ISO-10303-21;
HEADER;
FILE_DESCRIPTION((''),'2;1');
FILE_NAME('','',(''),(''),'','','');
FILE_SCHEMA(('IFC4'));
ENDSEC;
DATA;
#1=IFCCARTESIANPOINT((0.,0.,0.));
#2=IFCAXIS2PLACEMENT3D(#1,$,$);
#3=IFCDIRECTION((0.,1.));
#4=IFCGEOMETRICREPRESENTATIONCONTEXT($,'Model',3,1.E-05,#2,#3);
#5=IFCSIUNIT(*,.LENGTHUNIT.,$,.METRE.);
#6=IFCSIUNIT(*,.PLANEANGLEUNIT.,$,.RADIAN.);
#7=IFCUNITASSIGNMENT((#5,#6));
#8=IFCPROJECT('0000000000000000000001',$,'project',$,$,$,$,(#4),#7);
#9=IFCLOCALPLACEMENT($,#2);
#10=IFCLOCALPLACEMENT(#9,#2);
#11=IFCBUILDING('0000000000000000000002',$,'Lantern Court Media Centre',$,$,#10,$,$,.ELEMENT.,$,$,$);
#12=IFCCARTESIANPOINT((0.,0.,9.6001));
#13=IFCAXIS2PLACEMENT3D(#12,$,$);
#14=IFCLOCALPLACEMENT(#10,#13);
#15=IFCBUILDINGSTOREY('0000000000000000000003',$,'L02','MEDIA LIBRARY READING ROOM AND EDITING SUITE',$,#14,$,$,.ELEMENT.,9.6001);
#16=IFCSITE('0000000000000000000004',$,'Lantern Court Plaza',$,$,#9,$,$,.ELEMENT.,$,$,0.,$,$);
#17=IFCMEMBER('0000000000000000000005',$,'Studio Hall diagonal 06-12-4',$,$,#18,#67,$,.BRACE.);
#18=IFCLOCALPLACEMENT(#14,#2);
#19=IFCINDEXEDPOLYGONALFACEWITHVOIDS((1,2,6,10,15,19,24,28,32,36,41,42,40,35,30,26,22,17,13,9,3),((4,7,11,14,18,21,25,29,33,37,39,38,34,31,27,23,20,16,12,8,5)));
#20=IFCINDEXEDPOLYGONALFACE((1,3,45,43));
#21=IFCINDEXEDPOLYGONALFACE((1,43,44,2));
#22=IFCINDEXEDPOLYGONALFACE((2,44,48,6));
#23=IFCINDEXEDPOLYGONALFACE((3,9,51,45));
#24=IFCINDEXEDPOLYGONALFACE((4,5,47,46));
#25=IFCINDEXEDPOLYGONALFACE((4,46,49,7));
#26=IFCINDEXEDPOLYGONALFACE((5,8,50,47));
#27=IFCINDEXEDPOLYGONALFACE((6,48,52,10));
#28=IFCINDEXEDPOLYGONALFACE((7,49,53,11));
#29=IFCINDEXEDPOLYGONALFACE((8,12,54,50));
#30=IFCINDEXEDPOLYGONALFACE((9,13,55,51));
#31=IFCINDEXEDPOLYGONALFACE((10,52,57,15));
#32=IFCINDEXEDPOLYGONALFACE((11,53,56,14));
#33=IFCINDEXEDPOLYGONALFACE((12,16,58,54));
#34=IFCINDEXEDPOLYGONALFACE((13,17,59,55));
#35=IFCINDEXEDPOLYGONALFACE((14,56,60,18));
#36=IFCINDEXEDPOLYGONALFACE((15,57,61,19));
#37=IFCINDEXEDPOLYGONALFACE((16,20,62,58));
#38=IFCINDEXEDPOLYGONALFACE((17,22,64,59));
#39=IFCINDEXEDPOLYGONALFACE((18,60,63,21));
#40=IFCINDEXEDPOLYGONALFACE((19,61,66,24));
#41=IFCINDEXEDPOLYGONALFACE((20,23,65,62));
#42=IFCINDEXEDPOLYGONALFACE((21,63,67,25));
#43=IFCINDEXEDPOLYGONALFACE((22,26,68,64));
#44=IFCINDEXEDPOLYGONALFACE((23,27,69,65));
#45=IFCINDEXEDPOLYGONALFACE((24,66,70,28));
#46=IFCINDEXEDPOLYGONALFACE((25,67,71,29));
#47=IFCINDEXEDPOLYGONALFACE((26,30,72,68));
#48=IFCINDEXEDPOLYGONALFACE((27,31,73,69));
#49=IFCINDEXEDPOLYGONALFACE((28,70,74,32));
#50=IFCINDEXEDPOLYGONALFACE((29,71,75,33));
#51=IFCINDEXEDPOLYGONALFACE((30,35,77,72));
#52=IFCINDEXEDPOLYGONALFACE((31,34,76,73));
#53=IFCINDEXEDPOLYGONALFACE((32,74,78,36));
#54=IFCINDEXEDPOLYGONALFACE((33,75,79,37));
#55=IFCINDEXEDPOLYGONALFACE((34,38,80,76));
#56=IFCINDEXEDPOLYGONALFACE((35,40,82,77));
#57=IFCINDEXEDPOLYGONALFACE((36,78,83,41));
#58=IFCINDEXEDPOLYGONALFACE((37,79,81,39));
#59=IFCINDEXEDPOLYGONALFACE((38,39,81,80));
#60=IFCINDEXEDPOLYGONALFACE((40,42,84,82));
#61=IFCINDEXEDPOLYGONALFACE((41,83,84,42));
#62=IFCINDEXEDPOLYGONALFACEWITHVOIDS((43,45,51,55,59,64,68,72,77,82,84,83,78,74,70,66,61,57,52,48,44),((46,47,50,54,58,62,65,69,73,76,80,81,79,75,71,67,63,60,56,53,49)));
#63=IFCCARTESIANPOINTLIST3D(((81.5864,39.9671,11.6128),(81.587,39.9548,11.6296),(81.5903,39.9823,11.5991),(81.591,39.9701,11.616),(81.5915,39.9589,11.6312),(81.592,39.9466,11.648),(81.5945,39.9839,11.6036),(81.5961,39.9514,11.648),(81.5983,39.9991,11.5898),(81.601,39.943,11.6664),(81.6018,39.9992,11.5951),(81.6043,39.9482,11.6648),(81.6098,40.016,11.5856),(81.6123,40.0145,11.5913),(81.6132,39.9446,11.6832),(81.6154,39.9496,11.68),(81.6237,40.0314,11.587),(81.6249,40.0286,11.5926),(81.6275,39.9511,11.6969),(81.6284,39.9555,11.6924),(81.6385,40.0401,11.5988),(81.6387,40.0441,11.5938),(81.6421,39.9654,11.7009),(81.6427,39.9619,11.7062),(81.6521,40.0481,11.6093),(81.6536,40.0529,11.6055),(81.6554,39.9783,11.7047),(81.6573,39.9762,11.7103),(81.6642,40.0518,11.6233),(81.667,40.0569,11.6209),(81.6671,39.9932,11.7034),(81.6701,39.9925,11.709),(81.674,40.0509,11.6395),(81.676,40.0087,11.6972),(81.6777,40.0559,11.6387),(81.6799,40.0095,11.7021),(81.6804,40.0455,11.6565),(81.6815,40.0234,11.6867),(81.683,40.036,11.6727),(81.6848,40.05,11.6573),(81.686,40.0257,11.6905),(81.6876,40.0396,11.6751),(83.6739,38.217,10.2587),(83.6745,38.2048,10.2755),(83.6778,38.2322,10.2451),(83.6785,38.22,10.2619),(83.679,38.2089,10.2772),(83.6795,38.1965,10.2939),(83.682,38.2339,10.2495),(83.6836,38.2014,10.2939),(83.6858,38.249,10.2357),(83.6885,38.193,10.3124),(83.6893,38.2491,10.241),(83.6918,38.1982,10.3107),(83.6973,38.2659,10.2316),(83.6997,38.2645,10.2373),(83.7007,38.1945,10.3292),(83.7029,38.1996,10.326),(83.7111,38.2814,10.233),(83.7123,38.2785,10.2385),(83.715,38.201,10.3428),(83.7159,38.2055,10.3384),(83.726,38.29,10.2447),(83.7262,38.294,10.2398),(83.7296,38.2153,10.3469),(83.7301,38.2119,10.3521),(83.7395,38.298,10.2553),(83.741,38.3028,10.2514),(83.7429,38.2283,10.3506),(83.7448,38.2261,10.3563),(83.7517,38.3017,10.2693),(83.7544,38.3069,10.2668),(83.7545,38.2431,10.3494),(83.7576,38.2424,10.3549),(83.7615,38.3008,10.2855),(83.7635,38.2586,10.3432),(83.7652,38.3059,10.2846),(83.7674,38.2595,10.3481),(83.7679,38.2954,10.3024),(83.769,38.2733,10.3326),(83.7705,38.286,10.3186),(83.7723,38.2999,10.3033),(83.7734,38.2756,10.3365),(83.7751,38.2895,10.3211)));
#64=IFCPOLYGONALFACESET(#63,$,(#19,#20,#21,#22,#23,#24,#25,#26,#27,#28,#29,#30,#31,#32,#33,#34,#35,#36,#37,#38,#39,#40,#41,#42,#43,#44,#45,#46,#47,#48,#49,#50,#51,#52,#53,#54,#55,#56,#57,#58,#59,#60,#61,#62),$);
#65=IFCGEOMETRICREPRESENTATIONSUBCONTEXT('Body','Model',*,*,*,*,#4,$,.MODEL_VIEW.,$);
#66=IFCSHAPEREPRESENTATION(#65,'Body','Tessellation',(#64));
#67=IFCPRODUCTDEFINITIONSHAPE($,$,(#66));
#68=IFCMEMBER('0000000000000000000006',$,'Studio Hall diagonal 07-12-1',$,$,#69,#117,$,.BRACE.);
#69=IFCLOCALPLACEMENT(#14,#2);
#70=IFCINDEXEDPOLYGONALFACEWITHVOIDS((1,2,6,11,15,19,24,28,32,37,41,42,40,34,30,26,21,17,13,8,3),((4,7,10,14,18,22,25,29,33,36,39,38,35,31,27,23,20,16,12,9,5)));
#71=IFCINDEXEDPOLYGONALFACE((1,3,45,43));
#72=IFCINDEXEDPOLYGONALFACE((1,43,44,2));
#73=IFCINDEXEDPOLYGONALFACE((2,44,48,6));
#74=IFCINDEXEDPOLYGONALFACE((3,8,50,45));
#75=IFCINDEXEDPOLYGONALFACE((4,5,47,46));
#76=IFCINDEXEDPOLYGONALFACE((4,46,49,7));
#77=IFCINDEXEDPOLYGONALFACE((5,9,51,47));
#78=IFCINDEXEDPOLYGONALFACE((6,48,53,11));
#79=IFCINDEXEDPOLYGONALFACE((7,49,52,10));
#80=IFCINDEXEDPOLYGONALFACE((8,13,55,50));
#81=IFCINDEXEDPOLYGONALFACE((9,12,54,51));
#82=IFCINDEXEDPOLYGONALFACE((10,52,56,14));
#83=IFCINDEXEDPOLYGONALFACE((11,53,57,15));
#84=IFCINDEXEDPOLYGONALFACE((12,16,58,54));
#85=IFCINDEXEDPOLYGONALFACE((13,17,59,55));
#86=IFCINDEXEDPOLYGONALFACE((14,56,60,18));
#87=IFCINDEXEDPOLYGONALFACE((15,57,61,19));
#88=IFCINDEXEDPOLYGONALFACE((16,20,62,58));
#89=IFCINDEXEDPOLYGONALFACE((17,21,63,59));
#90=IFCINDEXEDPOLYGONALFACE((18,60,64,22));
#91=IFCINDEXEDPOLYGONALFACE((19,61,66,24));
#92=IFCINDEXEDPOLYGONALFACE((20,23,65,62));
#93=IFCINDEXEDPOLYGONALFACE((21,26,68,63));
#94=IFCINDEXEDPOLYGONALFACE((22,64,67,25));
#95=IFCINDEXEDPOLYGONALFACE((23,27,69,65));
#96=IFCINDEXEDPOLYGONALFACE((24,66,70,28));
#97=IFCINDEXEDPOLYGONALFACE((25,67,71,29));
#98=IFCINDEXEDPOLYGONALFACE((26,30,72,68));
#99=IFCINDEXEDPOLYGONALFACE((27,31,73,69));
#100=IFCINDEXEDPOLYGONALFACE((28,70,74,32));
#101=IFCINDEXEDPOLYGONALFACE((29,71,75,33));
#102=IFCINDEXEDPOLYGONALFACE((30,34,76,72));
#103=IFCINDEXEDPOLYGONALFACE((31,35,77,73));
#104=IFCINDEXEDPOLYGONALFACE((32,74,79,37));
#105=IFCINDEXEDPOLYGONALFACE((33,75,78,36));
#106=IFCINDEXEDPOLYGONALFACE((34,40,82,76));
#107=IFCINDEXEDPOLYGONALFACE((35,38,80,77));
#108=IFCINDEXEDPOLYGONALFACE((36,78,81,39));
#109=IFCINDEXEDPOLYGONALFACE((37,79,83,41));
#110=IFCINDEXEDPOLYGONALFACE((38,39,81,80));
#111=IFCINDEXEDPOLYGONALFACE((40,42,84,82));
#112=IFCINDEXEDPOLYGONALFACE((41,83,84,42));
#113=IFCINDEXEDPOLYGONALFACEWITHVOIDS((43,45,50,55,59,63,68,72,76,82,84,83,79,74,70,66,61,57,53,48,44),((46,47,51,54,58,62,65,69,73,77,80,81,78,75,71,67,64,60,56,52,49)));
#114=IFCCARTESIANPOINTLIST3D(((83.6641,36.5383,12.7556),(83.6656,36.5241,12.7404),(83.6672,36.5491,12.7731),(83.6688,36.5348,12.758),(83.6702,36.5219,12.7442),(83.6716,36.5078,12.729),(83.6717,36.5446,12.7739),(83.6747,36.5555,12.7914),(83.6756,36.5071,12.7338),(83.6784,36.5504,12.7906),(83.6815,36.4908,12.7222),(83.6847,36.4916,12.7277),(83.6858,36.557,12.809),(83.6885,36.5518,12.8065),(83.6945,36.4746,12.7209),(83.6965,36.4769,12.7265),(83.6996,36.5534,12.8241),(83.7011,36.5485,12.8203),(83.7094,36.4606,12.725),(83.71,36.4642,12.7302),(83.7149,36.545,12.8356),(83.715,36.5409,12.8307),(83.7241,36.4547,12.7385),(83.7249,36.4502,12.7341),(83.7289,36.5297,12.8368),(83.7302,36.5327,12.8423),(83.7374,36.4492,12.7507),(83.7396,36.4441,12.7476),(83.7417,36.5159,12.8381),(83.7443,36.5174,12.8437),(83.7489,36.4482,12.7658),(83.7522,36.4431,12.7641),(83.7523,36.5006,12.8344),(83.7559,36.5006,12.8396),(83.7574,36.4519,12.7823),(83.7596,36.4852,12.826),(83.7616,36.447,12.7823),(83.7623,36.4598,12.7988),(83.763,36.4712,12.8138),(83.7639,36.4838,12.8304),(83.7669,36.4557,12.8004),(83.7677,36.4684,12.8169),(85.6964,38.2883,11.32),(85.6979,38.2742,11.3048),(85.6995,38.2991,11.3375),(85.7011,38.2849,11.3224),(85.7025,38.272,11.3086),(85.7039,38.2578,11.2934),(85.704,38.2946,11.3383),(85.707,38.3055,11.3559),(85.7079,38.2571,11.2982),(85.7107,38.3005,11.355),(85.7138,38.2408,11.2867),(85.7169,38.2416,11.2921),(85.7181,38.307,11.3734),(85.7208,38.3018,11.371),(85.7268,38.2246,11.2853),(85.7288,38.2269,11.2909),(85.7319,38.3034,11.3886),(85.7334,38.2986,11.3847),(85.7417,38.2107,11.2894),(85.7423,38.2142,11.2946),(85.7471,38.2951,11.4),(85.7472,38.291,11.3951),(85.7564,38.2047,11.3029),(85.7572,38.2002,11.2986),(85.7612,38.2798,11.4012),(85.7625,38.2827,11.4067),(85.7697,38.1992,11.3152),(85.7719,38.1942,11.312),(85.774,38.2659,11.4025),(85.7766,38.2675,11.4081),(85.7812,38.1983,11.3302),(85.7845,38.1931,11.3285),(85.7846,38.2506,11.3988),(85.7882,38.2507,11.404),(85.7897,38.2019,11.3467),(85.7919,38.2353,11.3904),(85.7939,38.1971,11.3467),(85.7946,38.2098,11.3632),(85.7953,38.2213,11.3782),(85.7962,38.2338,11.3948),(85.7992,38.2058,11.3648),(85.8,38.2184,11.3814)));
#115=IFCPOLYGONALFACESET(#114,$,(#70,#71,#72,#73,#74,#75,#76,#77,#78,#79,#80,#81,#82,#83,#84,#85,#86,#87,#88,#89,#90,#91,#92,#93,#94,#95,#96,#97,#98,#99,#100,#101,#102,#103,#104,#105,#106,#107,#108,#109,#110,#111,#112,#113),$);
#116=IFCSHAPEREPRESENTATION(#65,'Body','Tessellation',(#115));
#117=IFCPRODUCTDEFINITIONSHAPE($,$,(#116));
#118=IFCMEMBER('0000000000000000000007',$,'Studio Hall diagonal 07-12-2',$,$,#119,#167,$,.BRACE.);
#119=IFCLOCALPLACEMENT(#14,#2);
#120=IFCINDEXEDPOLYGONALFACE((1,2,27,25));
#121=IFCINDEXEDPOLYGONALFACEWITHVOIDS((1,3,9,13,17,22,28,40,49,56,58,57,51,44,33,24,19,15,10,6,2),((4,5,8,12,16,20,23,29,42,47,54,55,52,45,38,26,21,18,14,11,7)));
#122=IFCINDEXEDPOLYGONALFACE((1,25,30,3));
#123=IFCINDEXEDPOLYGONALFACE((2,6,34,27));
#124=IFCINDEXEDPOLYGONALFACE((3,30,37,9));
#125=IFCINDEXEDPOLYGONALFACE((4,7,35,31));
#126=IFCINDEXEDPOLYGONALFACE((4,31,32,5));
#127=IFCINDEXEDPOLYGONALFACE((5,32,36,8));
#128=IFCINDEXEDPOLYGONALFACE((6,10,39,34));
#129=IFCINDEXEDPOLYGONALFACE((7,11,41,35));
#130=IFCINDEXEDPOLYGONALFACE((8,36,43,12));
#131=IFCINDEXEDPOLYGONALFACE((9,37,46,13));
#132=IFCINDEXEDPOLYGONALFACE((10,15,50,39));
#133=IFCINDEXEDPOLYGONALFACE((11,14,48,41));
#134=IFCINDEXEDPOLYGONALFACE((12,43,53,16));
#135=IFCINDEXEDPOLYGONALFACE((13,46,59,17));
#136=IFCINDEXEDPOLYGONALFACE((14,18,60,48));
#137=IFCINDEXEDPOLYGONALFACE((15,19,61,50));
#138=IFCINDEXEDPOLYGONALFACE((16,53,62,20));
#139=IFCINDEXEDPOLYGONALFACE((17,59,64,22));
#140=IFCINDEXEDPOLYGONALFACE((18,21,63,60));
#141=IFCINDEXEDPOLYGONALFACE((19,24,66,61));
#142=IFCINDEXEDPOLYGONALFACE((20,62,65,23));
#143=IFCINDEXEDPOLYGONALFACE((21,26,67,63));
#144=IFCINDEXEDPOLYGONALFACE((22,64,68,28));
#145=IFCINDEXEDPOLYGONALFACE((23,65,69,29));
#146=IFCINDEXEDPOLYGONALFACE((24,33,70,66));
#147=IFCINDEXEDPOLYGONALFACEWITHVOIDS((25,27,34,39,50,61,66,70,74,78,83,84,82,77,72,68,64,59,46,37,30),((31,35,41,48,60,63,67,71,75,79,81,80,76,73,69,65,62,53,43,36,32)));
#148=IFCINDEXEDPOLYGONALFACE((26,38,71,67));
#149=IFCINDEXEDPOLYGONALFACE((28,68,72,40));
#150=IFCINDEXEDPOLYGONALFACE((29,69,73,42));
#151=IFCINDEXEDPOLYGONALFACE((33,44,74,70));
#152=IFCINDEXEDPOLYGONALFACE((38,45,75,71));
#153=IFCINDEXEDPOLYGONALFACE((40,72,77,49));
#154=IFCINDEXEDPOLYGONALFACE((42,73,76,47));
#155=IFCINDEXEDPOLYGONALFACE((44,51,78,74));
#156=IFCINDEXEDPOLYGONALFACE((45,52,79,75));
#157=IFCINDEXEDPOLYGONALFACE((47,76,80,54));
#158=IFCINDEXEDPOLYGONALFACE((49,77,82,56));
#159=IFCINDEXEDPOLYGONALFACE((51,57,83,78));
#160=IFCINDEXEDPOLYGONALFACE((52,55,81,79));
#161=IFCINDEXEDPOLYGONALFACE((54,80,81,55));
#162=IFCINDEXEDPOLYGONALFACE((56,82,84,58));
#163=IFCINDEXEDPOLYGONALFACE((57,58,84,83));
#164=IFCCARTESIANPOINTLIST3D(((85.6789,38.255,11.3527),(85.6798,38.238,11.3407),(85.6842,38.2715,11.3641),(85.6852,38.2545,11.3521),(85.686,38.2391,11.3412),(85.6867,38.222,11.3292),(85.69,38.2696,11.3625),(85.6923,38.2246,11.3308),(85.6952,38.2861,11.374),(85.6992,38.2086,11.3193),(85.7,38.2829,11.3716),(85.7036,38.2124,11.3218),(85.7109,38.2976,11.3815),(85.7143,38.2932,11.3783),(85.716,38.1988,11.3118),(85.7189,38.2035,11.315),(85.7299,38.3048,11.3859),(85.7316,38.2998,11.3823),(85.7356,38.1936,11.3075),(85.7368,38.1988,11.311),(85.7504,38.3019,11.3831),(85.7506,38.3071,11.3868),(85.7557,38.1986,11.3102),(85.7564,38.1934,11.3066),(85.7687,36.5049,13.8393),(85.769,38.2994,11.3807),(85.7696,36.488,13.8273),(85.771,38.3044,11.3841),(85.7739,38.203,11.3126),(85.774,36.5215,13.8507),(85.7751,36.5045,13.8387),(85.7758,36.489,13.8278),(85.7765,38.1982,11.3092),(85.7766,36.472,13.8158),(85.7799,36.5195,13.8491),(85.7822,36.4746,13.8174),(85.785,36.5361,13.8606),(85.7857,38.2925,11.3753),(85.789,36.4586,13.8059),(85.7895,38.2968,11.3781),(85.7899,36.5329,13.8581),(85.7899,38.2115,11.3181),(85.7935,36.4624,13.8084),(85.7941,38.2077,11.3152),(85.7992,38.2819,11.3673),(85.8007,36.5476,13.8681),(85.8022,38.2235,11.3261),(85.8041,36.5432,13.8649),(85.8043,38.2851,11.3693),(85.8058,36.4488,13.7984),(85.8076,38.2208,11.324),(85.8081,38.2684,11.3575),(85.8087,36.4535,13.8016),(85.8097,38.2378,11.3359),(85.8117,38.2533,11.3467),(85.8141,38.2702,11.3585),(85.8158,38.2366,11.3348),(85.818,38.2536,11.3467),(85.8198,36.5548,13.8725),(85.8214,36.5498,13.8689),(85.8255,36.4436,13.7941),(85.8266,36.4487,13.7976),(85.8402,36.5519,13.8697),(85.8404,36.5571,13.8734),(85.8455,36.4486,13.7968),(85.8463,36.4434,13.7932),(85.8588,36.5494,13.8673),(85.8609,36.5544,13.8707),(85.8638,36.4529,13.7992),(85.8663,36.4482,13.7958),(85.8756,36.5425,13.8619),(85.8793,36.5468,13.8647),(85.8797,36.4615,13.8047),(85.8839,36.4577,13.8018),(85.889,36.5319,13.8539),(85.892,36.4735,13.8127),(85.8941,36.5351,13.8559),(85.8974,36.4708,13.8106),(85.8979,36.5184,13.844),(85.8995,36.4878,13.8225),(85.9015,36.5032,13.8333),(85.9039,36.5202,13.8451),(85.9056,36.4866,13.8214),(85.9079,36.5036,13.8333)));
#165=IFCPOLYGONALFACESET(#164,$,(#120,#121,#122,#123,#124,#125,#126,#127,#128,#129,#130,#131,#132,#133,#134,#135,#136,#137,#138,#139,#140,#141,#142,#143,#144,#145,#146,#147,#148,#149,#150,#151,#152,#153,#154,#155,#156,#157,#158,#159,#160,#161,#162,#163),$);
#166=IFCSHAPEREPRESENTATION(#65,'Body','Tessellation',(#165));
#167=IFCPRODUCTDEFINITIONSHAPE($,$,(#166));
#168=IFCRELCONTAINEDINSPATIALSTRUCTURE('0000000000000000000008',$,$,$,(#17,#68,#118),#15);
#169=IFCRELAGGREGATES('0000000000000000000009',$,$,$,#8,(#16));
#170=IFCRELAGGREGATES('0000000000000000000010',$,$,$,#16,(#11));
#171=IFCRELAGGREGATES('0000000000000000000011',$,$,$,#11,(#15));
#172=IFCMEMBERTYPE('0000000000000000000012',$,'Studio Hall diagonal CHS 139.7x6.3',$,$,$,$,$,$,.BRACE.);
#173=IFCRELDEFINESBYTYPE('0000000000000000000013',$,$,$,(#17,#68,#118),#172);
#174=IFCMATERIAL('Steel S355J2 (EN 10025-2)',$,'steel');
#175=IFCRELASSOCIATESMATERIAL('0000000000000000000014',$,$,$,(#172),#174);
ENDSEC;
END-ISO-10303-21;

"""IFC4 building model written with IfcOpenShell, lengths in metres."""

from ifc_helpers import new_model, si_unit, direction, frame, origin, origin_2d, place, context, subcontext, project, spatial, hollow_circle, extrude, material, material_profile, profile_set, type_object, element, save


model = new_model("IFC4")

# Units and contexts
model_context = context("Model", 3, precision=1e-05, world=origin(), true_north=direction((0.0, 1.0)))
body_context = subcontext(model_context, "Body", "Model", "MODEL_VIEW")
ifc_project = project(units=[si_unit("LENGTHUNIT", "METRE"), si_unit("PLANEANGLEUNIT", "RADIAN")], contexts=[model_context])

# Site, building, storey
site_placement = place(None, origin())
site = spatial("IfcSite", under=ifc_project, at=site_placement, Name="Lantern Court Plaza", CompositionType="ELEMENT", RefElevation=0.0)
building_placement = place(site_placement, origin())
building = spatial("IfcBuilding", under=site, at=building_placement, Name="Lantern Court Media Centre", CompositionType="ELEMENT")
storey_placement = place(building_placement, frame((0.0, 0.0, 9.6001)))
storey = spatial("IfcBuildingStorey", under=building, at=storey_placement, Name="L02", Description="MEDIA LIBRARY READING ROOM AND EDITING SUITE", CompositionType="ELEMENT", Elevation=9.6001)

# Members
ifc_material = material(Name="Steel S355J2 (EN 10025-2)", Category="steel")
ifc_material_profile_1 = material_profile(ifc_material, hollow_circle(Radius=0.0698, WallThickness=0.0063, at=origin_2d()), Name="Studio Hall diagonal CHS 139.7x6.3")
ifc_profile_set_1 = profile_set([ifc_material_profile_1], Name="Steel S355J2 (EN 10025-2)")
member_type_1 = type_object("IfcMemberType", Name="Studio Hall diagonal CHS 139.7x6.3", PredefinedType="BRACE", material=ifc_profile_set_1)
for number, where, z_axis, x_axis, name in (
    (1, (83.7244, 38.25, 10.2939), (-0.68622, 0.575301, 0.44512), (-0.642456, -0.766322, 0.0), "Studio Hall diagonal 06-12-4"),
    (2, (85.7483, 38.25, 11.3467), (-0.668075, -0.575296, 0.471922), (0.652529, -0.757764, 0.0), "Studio Hall diagonal 07-12-1"),
    (3, (85.7483, 38.25, 11.3467), (0.029535, -0.575284, 0.81742), (0.998685, 0.051272, 0.0), "Studio Hall diagonal 07-12-2"),
):
    element("IfcMember", number, at=place(storey_placement, frame(where, z_axis=z_axis, x_axis=x_axis)), inside=storey, type_object=member_type_1, Name=name, PredefinedType="BRACE", context=body_context, shape_type="SweptSolid", body=[
        extrude(hollow_circle(Radius=0.0698, WallThickness=0.0063, at=origin_2d()), origin(), (0.0, 0.0, 1.0), 3.042),
    ])

save(model, "model.ifc")
